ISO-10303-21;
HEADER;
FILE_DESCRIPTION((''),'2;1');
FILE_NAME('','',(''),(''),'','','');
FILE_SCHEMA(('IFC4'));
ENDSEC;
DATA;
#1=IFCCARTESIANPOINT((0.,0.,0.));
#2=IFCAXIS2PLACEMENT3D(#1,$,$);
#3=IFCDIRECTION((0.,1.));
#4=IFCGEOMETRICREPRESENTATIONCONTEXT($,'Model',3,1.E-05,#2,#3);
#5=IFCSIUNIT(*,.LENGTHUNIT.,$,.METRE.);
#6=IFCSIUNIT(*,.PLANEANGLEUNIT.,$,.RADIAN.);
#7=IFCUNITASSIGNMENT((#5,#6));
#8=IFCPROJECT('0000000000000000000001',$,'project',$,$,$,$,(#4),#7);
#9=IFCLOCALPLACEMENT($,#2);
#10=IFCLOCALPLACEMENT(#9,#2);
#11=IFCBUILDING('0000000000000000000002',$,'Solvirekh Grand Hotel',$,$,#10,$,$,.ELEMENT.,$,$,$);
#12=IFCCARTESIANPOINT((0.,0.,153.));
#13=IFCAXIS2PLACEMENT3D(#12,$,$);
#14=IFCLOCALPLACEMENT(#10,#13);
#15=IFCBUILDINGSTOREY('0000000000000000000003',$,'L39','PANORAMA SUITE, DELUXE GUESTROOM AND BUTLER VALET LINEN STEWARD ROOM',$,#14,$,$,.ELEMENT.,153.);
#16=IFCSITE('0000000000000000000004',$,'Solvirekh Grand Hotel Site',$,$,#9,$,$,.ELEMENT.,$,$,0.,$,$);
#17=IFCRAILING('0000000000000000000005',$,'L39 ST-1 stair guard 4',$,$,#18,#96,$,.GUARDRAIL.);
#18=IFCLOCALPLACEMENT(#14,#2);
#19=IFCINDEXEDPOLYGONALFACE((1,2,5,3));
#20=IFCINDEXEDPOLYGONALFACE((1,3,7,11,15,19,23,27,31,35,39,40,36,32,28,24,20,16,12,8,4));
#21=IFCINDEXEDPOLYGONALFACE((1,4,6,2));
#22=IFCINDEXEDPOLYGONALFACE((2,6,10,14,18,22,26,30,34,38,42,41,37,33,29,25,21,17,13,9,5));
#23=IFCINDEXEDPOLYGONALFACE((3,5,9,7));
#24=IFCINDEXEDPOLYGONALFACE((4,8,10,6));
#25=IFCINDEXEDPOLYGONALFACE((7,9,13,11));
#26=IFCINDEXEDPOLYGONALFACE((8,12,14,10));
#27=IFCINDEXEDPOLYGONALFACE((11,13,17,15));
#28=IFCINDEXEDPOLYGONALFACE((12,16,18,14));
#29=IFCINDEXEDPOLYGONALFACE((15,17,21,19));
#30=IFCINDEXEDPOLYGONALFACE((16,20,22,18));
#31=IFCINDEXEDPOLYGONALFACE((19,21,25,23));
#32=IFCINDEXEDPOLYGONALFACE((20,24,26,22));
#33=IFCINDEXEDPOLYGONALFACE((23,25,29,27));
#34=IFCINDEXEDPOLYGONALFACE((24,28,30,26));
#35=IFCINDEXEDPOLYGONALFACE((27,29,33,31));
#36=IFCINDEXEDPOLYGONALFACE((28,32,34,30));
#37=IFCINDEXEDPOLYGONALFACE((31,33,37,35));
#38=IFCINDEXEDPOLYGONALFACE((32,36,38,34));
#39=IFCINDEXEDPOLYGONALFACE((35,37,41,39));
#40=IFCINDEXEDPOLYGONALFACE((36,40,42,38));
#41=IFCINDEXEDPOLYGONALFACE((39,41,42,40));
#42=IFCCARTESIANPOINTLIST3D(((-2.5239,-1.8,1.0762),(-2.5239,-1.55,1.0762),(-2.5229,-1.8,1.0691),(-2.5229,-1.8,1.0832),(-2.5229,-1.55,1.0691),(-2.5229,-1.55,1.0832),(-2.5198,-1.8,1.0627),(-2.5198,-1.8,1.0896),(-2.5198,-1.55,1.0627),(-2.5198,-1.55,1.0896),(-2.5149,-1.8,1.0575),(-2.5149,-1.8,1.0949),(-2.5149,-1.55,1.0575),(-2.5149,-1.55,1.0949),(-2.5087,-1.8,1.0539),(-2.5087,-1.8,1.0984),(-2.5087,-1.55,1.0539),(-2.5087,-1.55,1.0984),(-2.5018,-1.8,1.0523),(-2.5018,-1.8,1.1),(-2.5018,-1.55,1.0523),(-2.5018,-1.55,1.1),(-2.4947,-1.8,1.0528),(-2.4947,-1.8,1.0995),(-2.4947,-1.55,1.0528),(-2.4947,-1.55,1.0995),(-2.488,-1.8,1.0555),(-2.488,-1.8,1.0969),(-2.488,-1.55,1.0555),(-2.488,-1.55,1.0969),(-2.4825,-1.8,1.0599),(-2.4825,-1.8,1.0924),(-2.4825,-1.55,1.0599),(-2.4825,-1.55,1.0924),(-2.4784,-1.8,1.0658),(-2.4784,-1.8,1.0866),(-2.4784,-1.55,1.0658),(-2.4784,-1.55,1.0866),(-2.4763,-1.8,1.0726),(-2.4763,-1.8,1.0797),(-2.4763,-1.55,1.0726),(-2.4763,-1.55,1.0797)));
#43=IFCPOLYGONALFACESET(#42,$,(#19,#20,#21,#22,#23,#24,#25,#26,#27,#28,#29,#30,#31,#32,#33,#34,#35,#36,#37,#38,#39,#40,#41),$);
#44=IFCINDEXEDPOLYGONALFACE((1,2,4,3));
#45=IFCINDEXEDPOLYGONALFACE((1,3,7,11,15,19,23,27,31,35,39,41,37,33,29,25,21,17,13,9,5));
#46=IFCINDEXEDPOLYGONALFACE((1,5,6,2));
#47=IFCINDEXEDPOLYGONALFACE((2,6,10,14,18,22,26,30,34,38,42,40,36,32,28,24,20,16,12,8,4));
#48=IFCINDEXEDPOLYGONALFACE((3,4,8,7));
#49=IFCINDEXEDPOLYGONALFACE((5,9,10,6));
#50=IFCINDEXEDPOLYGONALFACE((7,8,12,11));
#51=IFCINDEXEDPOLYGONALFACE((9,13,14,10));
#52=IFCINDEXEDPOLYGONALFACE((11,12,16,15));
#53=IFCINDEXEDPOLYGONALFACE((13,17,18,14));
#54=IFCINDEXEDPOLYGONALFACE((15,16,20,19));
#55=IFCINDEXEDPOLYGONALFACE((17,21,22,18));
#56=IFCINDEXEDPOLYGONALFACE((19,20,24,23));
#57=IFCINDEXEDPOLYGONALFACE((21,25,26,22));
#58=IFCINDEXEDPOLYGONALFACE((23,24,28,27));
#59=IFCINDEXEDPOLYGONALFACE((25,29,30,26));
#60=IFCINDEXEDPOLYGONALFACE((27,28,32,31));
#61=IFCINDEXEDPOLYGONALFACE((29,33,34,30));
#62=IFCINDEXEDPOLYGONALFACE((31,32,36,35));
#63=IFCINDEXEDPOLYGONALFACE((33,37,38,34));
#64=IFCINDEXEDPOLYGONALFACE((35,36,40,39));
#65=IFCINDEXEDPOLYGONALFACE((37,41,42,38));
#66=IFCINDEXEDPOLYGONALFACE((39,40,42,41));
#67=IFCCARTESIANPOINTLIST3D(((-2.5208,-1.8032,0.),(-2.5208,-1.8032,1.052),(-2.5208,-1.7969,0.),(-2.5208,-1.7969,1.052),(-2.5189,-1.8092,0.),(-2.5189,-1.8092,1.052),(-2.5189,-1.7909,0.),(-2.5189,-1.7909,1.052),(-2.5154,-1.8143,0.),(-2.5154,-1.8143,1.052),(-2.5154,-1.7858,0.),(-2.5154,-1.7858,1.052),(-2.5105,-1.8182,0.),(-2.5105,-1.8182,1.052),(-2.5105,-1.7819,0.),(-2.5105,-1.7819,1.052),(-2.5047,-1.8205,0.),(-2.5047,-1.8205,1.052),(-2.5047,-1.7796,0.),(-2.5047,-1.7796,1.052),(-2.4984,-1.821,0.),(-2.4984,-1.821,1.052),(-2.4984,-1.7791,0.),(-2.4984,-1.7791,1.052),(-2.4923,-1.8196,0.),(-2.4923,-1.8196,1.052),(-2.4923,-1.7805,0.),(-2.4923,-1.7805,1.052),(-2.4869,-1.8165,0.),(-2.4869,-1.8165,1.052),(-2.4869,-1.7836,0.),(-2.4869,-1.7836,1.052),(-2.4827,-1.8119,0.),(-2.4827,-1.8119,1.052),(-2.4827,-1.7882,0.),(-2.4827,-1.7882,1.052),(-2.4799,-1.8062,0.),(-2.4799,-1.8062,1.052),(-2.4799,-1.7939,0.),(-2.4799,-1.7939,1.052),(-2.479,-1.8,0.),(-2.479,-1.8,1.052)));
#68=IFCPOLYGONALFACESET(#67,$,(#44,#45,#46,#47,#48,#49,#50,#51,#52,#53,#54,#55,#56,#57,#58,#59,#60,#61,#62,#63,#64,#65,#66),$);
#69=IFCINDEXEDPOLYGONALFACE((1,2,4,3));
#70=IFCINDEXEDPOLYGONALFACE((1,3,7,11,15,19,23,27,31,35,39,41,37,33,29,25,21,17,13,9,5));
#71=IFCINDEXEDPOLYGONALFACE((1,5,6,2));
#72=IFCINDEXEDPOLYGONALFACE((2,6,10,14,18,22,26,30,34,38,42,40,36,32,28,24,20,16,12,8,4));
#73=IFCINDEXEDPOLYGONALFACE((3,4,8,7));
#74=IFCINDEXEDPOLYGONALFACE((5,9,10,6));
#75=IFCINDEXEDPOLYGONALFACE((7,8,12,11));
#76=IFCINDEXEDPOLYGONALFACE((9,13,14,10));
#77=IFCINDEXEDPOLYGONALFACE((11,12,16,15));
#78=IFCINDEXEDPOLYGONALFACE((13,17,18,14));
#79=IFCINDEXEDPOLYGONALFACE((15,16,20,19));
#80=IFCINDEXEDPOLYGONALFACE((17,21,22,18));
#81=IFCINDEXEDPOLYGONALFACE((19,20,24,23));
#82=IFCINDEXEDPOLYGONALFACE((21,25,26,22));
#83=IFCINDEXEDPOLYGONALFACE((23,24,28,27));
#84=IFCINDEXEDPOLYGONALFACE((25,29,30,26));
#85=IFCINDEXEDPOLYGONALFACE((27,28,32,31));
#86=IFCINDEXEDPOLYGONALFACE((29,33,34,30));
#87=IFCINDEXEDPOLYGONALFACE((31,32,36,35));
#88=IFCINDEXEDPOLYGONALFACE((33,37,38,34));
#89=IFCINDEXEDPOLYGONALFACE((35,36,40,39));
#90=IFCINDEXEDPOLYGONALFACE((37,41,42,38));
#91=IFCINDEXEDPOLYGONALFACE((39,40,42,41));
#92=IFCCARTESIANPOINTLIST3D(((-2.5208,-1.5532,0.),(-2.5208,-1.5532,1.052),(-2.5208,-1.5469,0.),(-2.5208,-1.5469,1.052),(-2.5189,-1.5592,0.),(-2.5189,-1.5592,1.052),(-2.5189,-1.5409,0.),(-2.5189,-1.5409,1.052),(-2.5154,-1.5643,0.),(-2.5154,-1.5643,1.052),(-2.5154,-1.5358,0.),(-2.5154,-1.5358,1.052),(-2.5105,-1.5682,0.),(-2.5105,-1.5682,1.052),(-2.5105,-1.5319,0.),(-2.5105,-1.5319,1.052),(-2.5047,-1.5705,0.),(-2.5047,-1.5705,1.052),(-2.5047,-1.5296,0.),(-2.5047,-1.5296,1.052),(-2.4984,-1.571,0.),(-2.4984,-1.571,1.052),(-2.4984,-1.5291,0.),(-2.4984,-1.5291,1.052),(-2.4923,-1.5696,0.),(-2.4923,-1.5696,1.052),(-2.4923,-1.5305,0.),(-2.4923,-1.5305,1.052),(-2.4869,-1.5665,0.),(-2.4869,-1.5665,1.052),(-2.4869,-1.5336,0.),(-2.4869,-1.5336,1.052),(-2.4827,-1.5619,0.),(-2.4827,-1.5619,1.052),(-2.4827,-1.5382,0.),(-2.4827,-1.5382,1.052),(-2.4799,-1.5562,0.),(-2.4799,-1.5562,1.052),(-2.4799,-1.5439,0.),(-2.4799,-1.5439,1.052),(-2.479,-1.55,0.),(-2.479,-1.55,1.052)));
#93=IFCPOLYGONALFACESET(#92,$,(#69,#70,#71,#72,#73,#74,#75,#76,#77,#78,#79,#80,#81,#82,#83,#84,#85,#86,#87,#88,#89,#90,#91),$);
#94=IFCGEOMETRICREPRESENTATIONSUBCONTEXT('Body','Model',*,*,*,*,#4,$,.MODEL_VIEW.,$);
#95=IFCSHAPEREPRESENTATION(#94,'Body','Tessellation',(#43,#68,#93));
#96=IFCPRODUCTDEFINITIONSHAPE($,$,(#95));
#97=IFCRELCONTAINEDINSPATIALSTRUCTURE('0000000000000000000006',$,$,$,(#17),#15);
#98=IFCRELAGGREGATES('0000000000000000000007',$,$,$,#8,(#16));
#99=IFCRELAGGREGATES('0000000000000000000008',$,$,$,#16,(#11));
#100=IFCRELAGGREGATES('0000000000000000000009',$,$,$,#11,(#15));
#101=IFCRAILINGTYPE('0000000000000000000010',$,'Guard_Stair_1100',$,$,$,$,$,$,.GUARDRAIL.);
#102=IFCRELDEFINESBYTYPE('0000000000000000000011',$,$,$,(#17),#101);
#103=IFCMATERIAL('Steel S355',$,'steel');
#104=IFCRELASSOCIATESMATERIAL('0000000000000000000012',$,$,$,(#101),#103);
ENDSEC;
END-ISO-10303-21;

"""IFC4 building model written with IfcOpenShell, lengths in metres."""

from ifc_helpers import new_model, si_unit, direction, frame, origin, origin_2d, place, context, subcontext, project, spatial, circle, extrude, material, type_object, element, save


model = new_model("IFC4")

# Units and contexts
model_context = context("Model", 3, precision=1e-05, world=origin(), true_north=direction((0.0, 1.0)))
body_context = subcontext(model_context, "Body", "Model", "MODEL_VIEW")
ifc_project = project(units=[si_unit("LENGTHUNIT", "METRE"), si_unit("PLANEANGLEUNIT", "RADIAN")], contexts=[model_context])

# Site, building, storey
site_placement = place(None, origin())
site = spatial("IfcSite", under=ifc_project, at=site_placement, Name="Solvirekh Grand Hotel Site", CompositionType="ELEMENT", RefElevation=0.0)
building_placement = place(site_placement, origin())
building = spatial("IfcBuilding", under=site, at=building_placement, Name="Solvirekh Grand Hotel", CompositionType="ELEMENT")
storey_placement = place(building_placement, frame((0.0, 0.0, 153.0)))
storey = spatial("IfcBuildingStorey", under=building, at=storey_placement, Name="L39", Description="PANORAMA SUITE, DELUXE GUESTROOM AND BUTLER VALET LINEN STEWARD ROOM", CompositionType="ELEMENT", Elevation=153.0)

# Railing
ifc_material_1 = material(Name="Steel S355", Category="steel")
railing_type_1 = type_object("IfcRailingType", Name="Guard_Stair_1100", PredefinedType="GUARDRAIL", material=ifc_material_1)
railing_1_placement = place(storey_placement, frame((-2.5, -1.8, 0.0)))
element("IfcRailing", 1, at=railing_1_placement, inside=storey, type_object=railing_type_1, Name="L39 ST-1 stair guard 4", PredefinedType="GUARDRAIL", context=body_context, shape_type="SweptSolid", body=[
    extrude(circle(Radius=0.0239, at=origin_2d()), frame((0.0, 0.0, 1.0762), z_axis=(0.0, 1.0, 0.0), x_axis=(-1.0, 0.0, 0.0)), (0.0, 0.0, 1.0), 0.25),
    extrude(circle(Radius=0.021, at=origin_2d()), origin(), (0.0, 0.0, 1.0), 1.052),
    extrude(circle(Radius=0.021, at=origin_2d()), frame((0.0, 0.25, 0.0)), (0.0, 0.0, 1.0), 1.052),
])

save(model, "model.ifc")
